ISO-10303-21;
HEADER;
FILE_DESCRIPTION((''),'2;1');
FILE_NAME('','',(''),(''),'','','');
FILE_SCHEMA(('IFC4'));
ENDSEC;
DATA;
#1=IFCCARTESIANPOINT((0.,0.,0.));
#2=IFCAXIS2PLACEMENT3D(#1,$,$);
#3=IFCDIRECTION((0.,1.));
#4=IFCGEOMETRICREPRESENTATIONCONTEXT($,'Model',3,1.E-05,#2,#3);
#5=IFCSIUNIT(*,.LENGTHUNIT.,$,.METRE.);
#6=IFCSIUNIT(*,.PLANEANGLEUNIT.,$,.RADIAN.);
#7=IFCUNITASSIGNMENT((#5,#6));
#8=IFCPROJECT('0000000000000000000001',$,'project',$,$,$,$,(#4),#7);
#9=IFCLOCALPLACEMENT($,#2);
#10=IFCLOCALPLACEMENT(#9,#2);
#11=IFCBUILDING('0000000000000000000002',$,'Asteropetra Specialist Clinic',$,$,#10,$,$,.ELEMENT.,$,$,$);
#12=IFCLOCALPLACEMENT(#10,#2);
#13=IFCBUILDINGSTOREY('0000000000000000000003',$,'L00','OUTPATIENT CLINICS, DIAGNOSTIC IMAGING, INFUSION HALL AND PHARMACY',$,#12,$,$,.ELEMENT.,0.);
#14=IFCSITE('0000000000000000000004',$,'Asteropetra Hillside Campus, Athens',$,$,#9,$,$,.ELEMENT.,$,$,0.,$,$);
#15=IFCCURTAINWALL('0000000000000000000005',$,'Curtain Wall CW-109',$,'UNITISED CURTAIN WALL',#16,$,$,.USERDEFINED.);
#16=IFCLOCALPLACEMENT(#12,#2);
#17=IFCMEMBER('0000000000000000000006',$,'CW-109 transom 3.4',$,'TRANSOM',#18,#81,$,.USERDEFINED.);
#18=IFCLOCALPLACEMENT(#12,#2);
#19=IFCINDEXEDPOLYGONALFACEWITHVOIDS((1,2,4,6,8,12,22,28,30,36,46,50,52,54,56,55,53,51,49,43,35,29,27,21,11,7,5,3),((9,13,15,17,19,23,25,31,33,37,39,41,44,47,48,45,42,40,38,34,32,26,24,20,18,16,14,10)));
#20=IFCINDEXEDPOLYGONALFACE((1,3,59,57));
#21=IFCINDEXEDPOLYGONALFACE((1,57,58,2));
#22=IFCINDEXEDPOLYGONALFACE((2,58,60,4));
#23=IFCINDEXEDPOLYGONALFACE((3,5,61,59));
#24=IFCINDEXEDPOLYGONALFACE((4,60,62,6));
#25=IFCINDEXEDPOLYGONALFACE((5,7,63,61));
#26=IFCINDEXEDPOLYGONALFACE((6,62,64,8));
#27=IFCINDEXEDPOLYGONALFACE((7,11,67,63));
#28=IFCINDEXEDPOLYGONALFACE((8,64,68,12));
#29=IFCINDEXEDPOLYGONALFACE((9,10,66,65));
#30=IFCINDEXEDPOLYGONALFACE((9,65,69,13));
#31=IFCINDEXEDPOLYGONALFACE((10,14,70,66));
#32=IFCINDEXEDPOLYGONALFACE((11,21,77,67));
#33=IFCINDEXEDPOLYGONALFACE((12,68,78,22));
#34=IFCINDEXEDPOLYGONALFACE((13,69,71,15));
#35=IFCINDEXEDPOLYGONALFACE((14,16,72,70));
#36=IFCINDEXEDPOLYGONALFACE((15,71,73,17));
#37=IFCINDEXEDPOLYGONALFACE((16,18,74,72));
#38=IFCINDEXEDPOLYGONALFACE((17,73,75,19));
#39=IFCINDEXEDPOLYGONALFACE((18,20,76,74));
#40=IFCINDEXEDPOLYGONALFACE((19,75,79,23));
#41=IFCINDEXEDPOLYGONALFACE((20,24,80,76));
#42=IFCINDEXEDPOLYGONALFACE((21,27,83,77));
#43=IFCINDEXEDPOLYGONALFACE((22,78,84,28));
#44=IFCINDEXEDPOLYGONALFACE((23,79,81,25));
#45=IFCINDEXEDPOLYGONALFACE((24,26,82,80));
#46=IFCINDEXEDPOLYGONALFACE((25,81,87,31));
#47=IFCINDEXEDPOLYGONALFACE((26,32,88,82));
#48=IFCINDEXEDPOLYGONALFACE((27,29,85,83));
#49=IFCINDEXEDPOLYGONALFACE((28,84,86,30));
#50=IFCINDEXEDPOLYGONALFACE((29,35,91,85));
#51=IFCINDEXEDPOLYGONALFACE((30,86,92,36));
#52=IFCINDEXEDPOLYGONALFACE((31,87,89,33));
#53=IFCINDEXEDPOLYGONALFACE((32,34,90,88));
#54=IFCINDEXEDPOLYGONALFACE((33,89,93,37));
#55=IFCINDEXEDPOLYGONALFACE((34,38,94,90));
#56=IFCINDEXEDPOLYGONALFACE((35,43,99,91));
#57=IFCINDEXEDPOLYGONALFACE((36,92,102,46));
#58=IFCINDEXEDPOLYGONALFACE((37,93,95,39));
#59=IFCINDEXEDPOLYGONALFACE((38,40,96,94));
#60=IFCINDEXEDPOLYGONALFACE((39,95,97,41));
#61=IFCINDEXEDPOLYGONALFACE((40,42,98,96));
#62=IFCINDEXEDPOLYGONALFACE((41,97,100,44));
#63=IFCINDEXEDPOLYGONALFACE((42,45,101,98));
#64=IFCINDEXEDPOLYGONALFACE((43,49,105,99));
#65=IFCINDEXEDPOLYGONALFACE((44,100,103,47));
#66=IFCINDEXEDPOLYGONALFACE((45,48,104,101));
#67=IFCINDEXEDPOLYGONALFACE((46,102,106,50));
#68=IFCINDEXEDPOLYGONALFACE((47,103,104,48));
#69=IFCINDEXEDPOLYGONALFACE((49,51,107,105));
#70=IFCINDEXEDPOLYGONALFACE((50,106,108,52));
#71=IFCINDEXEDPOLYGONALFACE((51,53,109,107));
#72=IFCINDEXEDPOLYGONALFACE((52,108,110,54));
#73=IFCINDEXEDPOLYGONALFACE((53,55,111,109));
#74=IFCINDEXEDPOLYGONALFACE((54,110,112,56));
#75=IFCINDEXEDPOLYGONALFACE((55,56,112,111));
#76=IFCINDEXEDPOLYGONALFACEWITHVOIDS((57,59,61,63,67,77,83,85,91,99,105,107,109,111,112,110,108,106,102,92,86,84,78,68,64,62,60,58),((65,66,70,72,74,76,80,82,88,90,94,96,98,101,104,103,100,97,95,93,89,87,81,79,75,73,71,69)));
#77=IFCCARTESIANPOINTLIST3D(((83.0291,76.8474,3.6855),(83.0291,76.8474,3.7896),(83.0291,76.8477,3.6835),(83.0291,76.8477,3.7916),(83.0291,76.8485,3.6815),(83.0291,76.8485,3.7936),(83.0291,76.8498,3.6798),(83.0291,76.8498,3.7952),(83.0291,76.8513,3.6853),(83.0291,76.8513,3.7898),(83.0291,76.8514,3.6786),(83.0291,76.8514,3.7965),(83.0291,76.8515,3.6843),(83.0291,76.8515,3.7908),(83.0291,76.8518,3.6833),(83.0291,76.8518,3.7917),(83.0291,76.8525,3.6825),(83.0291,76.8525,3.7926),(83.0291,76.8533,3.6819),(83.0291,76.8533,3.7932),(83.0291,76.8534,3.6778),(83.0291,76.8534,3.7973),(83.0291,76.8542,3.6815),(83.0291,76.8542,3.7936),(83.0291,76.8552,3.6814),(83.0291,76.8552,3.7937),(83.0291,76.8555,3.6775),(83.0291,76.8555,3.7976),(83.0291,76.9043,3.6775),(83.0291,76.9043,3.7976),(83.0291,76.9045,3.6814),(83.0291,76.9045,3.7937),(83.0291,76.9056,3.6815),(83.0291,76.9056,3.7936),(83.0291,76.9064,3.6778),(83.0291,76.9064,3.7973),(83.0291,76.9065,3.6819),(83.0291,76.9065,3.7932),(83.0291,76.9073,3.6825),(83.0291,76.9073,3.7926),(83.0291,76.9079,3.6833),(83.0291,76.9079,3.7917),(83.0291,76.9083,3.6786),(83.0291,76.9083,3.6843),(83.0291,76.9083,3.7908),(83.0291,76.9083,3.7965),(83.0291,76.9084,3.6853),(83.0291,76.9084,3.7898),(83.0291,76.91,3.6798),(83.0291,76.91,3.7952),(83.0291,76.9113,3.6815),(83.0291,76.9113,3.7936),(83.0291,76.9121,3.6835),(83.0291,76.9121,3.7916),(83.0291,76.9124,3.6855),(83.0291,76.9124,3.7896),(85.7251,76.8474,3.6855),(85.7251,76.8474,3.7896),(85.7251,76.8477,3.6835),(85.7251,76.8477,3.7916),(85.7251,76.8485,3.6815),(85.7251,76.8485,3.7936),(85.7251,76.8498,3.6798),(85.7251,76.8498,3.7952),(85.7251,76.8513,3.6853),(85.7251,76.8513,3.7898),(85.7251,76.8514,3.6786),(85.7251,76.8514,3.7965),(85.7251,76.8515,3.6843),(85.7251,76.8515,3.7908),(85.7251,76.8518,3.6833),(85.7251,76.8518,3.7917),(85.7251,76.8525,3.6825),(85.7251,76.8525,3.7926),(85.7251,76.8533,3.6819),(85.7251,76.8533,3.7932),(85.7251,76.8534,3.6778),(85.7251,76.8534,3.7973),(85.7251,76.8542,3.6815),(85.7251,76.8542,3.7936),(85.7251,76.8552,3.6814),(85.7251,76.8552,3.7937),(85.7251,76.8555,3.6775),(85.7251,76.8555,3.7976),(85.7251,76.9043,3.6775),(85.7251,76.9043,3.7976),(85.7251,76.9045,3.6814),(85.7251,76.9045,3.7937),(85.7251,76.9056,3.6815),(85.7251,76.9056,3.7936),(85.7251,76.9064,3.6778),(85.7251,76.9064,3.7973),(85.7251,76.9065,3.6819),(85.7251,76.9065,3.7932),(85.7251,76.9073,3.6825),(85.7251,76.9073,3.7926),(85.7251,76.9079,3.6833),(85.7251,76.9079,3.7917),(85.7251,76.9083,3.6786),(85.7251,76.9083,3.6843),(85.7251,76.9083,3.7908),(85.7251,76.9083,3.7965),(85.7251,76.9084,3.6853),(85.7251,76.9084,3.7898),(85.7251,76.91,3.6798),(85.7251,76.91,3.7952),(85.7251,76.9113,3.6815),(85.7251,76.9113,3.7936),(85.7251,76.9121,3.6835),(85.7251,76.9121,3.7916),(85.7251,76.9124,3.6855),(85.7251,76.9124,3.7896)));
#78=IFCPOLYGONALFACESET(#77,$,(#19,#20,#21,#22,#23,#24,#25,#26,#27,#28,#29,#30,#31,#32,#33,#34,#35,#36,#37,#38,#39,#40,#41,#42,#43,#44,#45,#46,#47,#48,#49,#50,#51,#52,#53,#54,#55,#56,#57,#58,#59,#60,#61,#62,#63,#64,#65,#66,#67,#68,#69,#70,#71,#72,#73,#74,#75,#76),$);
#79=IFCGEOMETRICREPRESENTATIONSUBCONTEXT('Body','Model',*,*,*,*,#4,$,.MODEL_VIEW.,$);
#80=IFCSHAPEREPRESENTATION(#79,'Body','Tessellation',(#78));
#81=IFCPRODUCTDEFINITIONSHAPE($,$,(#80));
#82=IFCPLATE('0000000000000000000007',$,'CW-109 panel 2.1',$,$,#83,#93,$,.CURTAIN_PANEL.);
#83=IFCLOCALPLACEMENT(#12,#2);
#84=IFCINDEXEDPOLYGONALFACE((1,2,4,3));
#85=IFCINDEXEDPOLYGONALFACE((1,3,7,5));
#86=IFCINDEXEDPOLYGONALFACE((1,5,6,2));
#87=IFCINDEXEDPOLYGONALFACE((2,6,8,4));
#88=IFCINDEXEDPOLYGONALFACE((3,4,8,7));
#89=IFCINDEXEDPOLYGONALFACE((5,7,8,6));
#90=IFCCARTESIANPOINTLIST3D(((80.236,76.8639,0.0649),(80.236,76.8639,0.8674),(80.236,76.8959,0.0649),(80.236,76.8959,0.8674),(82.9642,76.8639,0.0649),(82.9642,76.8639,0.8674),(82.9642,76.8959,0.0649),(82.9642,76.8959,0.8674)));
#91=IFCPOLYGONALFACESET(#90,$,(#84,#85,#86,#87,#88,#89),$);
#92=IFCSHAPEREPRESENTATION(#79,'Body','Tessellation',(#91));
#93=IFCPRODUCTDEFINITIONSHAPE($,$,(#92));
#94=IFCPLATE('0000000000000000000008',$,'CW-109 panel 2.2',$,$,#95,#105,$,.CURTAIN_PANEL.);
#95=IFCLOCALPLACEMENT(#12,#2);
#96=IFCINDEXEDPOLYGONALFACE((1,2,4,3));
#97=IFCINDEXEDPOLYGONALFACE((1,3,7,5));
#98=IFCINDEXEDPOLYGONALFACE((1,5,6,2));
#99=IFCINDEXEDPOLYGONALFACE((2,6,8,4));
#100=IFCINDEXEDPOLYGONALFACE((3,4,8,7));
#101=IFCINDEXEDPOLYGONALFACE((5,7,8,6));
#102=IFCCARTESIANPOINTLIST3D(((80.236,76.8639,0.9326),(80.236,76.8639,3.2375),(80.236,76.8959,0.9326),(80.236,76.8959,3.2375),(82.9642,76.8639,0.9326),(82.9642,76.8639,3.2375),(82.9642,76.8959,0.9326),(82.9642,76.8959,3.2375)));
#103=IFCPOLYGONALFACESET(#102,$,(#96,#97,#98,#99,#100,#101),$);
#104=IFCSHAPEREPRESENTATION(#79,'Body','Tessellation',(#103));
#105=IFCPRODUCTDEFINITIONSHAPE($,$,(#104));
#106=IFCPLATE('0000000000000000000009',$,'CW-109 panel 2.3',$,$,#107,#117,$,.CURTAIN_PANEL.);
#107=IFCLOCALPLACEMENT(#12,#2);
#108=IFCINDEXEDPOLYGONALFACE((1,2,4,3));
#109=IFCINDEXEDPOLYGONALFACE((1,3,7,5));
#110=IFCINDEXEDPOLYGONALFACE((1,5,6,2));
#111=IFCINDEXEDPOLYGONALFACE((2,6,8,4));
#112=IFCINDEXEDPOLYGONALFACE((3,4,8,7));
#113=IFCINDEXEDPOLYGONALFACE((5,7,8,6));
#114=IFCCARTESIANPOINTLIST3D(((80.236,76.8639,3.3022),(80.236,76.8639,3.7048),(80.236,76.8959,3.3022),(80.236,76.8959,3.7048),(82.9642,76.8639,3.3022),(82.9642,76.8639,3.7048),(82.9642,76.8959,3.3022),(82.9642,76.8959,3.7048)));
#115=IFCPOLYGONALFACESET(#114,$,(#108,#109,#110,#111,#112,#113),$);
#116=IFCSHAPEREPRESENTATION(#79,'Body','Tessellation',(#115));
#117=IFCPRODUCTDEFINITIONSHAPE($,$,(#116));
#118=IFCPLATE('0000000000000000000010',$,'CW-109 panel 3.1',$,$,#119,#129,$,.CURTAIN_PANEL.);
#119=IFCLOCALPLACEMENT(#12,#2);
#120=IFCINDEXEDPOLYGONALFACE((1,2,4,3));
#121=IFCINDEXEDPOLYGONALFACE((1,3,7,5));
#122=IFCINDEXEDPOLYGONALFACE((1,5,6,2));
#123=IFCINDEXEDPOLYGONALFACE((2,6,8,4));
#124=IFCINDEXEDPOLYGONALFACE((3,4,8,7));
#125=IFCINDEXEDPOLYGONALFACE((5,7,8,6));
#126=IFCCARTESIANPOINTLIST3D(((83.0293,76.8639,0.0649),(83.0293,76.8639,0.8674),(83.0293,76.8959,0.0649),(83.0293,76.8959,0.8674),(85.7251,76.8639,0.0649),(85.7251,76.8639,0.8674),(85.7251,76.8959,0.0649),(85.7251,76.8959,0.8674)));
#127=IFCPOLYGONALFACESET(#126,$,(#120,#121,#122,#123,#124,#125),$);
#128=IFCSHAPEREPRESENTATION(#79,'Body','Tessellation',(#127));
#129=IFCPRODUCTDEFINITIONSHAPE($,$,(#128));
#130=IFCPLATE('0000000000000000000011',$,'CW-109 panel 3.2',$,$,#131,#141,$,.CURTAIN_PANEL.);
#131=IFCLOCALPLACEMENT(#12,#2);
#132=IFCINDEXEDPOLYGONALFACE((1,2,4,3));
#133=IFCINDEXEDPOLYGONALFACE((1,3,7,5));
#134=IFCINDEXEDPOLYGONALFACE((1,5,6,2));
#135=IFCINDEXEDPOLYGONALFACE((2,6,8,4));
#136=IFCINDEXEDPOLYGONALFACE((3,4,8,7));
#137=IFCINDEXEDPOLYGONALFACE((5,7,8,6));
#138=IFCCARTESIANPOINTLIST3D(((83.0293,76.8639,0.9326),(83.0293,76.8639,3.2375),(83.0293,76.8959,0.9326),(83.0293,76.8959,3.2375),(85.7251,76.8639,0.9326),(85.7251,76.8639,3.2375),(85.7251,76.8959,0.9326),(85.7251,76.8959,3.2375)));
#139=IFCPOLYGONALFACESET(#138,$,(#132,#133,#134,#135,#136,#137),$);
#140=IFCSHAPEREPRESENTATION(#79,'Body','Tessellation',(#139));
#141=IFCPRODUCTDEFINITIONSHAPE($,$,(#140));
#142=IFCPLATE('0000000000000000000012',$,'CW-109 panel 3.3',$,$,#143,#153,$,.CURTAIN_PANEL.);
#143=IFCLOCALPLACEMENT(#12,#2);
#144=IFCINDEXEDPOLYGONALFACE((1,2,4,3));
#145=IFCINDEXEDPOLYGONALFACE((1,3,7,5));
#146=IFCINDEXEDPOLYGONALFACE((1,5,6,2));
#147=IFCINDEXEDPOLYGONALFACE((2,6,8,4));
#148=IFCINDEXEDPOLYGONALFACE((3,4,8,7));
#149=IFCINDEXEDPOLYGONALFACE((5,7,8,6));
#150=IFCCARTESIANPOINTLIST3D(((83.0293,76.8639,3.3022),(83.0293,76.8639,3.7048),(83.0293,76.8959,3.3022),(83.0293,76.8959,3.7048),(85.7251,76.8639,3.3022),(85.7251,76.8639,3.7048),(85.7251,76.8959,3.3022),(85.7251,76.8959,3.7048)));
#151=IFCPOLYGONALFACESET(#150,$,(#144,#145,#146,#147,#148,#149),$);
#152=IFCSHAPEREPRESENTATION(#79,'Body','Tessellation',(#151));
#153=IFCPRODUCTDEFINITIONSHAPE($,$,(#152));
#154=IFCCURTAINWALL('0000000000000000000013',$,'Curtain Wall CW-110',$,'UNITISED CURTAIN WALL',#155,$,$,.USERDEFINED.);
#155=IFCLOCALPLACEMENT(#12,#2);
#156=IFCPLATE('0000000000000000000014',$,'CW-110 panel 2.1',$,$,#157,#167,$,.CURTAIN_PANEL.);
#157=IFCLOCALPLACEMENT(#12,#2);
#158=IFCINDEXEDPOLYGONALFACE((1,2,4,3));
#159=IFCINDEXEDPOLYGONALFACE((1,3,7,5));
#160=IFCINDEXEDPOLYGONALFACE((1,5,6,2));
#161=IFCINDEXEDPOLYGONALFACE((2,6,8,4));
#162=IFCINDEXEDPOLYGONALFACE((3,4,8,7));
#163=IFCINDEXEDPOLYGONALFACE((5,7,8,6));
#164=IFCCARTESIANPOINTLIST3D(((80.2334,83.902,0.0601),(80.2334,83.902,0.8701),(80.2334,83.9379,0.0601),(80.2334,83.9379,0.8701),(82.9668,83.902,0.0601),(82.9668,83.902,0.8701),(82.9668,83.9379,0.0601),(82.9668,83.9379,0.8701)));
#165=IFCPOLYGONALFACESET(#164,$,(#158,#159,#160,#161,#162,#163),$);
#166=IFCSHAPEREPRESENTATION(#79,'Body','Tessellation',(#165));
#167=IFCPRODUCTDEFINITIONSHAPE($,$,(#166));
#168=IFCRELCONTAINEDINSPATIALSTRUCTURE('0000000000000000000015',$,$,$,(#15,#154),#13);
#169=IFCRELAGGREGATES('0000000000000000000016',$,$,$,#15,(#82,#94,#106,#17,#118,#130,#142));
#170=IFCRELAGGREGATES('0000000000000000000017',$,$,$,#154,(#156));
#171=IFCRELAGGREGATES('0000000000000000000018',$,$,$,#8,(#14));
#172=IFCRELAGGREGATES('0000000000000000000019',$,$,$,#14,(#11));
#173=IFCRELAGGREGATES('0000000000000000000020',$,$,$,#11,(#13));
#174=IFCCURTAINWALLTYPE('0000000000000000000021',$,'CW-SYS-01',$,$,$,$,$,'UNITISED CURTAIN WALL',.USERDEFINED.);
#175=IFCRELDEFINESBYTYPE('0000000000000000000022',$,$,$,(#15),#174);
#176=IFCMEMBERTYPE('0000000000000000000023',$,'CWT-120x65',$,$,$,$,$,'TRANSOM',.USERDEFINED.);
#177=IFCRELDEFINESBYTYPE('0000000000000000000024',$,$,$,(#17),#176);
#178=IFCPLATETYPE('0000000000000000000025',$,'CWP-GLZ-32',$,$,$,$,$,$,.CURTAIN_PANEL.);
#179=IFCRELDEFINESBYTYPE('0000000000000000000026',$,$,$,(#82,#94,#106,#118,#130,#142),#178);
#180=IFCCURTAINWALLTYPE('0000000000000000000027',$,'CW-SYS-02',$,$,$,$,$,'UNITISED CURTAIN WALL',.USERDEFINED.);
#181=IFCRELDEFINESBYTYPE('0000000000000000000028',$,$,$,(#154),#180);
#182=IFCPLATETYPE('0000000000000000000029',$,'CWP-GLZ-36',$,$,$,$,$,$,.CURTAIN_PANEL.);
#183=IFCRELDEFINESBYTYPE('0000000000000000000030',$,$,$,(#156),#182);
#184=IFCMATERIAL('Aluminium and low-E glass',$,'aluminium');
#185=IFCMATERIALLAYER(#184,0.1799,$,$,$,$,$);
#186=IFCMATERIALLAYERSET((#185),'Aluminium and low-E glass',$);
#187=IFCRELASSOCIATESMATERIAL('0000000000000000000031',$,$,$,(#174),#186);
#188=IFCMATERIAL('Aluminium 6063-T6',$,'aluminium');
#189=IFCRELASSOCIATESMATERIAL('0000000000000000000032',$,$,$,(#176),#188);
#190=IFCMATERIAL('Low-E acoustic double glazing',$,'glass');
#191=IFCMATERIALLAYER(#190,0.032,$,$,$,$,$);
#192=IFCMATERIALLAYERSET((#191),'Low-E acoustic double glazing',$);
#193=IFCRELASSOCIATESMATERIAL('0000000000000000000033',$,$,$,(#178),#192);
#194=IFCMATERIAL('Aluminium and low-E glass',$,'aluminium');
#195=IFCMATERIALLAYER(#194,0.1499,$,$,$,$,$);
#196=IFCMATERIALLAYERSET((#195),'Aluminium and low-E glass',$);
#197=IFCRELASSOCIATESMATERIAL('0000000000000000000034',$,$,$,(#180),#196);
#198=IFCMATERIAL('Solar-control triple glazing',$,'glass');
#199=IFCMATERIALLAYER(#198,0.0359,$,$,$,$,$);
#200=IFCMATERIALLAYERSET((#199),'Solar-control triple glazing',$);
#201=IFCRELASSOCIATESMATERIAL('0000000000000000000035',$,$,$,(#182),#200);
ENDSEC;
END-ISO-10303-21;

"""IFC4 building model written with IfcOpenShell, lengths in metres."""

from ifc_helpers import new_model, si_unit, direction, frame, origin, origin_2d, place, context, subcontext, project, spatial, rectangle, hollow_rectangle, extrude, material, layer, layer_set, material_profile, profile_set, type_object, element, aggregate, save


model = new_model("IFC4")

# Units and contexts
model_context = context("Model", 3, precision=1e-05, world=origin(), true_north=direction((0.0, 1.0)))
body_context = subcontext(model_context, "Body", "Model", "MODEL_VIEW")
ifc_project = project(units=[si_unit("LENGTHUNIT", "METRE"), si_unit("PLANEANGLEUNIT", "RADIAN")], contexts=[model_context])

# Site, building, storey
site_placement = place(None, origin())
site = spatial("IfcSite", under=ifc_project, at=site_placement, Name="Asteropetra Hillside Campus, Athens", CompositionType="ELEMENT", RefElevation=0.0)
building_placement = place(site_placement, origin())
building = spatial("IfcBuilding", under=site, at=building_placement, Name="Asteropetra Specialist Clinic", CompositionType="ELEMENT")
storey_placement = place(building_placement, origin())
storey = spatial("IfcBuildingStorey", under=building, at=storey_placement, Name="L00", Description="OUTPATIENT CLINICS, DIAGNOSTIC IMAGING, INFUSION HALL AND PHARMACY", CompositionType="ELEMENT", Elevation=0.0)

# Curtain wall, member, plates
ifc_material_1 = material(Name="Aluminium and low-E glass", Category="aluminium")
ifc_layer_1 = layer(ifc_material_1, 0.1799)
ifc_layer_set_1 = layer_set([ifc_layer_1], Name="Aluminium and low-E glass")
curtain_wall_type_1 = type_object("IfcCurtainWallType", Name="CW-SYS-01", ElementType="UNITISED CURTAIN WALL", PredefinedType="USERDEFINED", material=ifc_layer_set_1)
curtain_wall_1_placement = place(storey_placement, origin())
curtain_wall_1 = element("IfcCurtainWall", 1, at=curtain_wall_1_placement, inside=storey, type_object=curtain_wall_type_1, Name="Curtain Wall CW-109", ObjectType="UNITISED CURTAIN WALL", PredefinedType="USERDEFINED")
ifc_material_2 = material(Name="Aluminium 6063-T6", Category="aluminium")
ifc_material_profile_1 = material_profile(ifc_material_2, hollow_rectangle(XDim=0.0649, YDim=0.1201, WallThickness=0.0039, InnerFilletRadius=0.0039, OuterFilletRadius=0.0081, at=origin_2d()), Name="TRN 120x65x4.0")
ifc_profile_set_1 = profile_set([ifc_material_profile_1], Name="Aluminium 6063-T6")
member_type_1 = type_object("IfcMemberType", Name="CWT-120x65", ElementType="TRANSOM", PredefinedType="USERDEFINED", material=ifc_profile_set_1)
member_1_placement = place(storey_placement, frame((83.0291, 76.8799, 3.7375), z_axis=(1.0, 0.0, 0.0), x_axis=(0.0, 1.0, 0.0)))
member_1 = element("IfcMember", 2, at=member_1_placement, type_object=member_type_1, Name="CW-109 transom 3.4", ObjectType="TRANSOM", PredefinedType="USERDEFINED", context=body_context, shape_type="SweptSolid", body=[
    extrude(hollow_rectangle(XDim=0.0649, YDim=0.1201, WallThickness=0.0039, InnerFilletRadius=0.0039, OuterFilletRadius=0.0081, at=origin_2d()), origin(), (0.0, 0.0, 1.0), 2.696),
])
ifc_material_3 = material(Name="Low-E acoustic double glazing", Category="glass")
ifc_layer_2 = layer(ifc_material_3, 0.032)
ifc_layer_set_2 = layer_set([ifc_layer_2], Name="Low-E acoustic double glazing")
plate_type_1 = type_object("IfcPlateType", Name="CWP-GLZ-32", PredefinedType="CURTAIN_PANEL", material=ifc_layer_set_2)
plate_1_placement = place(storey_placement, frame((81.6001, 76.8799, 0.0649), z_axis=(0.0, 0.0, 1.0), x_axis=(1.0, 0.0, 0.0)))
plate_1 = element("IfcPlate", 3, at=plate_1_placement, type_object=plate_type_1, Name="CW-109 panel 2.1", PredefinedType="CURTAIN_PANEL", context=body_context, shape_type="SweptSolid", body=[
    extrude(rectangle(XDim=2.7283, YDim=0.032, at=origin_2d()), origin(), (0.0, 0.0, 1.0), 0.8025),
])
plate_2_placement = place(storey_placement, frame((81.6001, 76.8799, 0.9326), z_axis=(0.0, 0.0, 1.0), x_axis=(1.0, 0.0, 0.0)))
plate_2 = element("IfcPlate", 4, at=plate_2_placement, type_object=plate_type_1, Name="CW-109 panel 2.2", PredefinedType="CURTAIN_PANEL", context=body_context, shape_type="SweptSolid", body=[
    extrude(rectangle(XDim=2.7283, YDim=0.032, at=origin_2d()), origin(), (0.0, 0.0, 1.0), 2.3049),
])
plate_3_placement = place(storey_placement, frame((81.6001, 76.8799, 3.3022), z_axis=(0.0, 0.0, 1.0), x_axis=(1.0, 0.0, 0.0)))
plate_3 = element("IfcPlate", 5, at=plate_3_placement, type_object=plate_type_1, Name="CW-109 panel 2.3", PredefinedType="CURTAIN_PANEL", context=body_context, shape_type="SweptSolid", body=[
    extrude(rectangle(XDim=2.7283, YDim=0.032, at=origin_2d()), origin(), (0.0, 0.0, 1.0), 0.4026),
])
plate_4_placement = place(storey_placement, frame((84.3772, 76.8799, 0.0649), z_axis=(0.0, 0.0, 1.0), x_axis=(1.0, 0.0, 0.0)))
plate_4 = element("IfcPlate", 6, at=plate_4_placement, type_object=plate_type_1, Name="CW-109 panel 3.1", PredefinedType="CURTAIN_PANEL", context=body_context, shape_type="SweptSolid", body=[
    extrude(rectangle(XDim=2.6958, YDim=0.032, at=origin_2d()), origin(), (0.0, 0.0, 1.0), 0.8025),
])
plate_5_placement = place(storey_placement, frame((84.3772, 76.8799, 0.9326), z_axis=(0.0, 0.0, 1.0), x_axis=(1.0, 0.0, 0.0)))
plate_5 = element("IfcPlate", 7, at=plate_5_placement, type_object=plate_type_1, Name="CW-109 panel 3.2", PredefinedType="CURTAIN_PANEL", context=body_context, shape_type="SweptSolid", body=[
    extrude(rectangle(XDim=2.6958, YDim=0.032, at=origin_2d()), origin(), (0.0, 0.0, 1.0), 2.3049),
])
plate_6_placement = place(storey_placement, frame((84.3772, 76.8799, 3.3022), z_axis=(0.0, 0.0, 1.0), x_axis=(1.0, 0.0, 0.0)))
plate_6 = element("IfcPlate", 8, at=plate_6_placement, type_object=plate_type_1, Name="CW-109 panel 3.3", PredefinedType="CURTAIN_PANEL", context=body_context, shape_type="SweptSolid", body=[
    extrude(rectangle(XDim=2.6958, YDim=0.032, at=origin_2d()), origin(), (0.0, 0.0, 1.0), 0.4026),
])
aggregate(curtain_wall_1, [plate_1, plate_2, plate_3, member_1, plate_4, plate_5, plate_6])

# Curtain wall, plate
ifc_material_4 = material(Name="Aluminium and low-E glass", Category="aluminium")
ifc_layer_3 = layer(ifc_material_4, 0.1499)
ifc_layer_set_3 = layer_set([ifc_layer_3], Name="Aluminium and low-E glass")
curtain_wall_type_2 = type_object("IfcCurtainWallType", Name="CW-SYS-02", ElementType="UNITISED CURTAIN WALL", PredefinedType="USERDEFINED", material=ifc_layer_set_3)
curtain_wall_2_placement = place(storey_placement, origin())
curtain_wall_2 = element("IfcCurtainWall", 9, at=curtain_wall_2_placement, inside=storey, type_object=curtain_wall_type_2, Name="Curtain Wall CW-110", ObjectType="UNITISED CURTAIN WALL", PredefinedType="USERDEFINED")
ifc_material_5 = material(Name="Solar-control triple glazing", Category="glass")
ifc_layer_4 = layer(ifc_material_5, 0.0359)
ifc_layer_set_4 = layer_set([ifc_layer_4], Name="Solar-control triple glazing")
plate_type_2 = type_object("IfcPlateType", Name="CWP-GLZ-36", PredefinedType="CURTAIN_PANEL", material=ifc_layer_set_4)
plate_7_placement = place(storey_placement, frame((81.6001, 83.9199, 0.0601), z_axis=(0.0, 0.0, 1.0), x_axis=(-1.0, 0.0, 0.0)))
plate_7 = element("IfcPlate", 10, at=plate_7_placement, type_object=plate_type_2, Name="CW-110 panel 2.1", PredefinedType="CURTAIN_PANEL", context=body_context, shape_type="SweptSolid", body=[
    extrude(rectangle(XDim=2.7334, YDim=0.0359, at=origin_2d()), origin(), (0.0, 0.0, 1.0), 0.8101),
])
aggregate(curtain_wall_2, [plate_7])

save(model, "model.ifc")
